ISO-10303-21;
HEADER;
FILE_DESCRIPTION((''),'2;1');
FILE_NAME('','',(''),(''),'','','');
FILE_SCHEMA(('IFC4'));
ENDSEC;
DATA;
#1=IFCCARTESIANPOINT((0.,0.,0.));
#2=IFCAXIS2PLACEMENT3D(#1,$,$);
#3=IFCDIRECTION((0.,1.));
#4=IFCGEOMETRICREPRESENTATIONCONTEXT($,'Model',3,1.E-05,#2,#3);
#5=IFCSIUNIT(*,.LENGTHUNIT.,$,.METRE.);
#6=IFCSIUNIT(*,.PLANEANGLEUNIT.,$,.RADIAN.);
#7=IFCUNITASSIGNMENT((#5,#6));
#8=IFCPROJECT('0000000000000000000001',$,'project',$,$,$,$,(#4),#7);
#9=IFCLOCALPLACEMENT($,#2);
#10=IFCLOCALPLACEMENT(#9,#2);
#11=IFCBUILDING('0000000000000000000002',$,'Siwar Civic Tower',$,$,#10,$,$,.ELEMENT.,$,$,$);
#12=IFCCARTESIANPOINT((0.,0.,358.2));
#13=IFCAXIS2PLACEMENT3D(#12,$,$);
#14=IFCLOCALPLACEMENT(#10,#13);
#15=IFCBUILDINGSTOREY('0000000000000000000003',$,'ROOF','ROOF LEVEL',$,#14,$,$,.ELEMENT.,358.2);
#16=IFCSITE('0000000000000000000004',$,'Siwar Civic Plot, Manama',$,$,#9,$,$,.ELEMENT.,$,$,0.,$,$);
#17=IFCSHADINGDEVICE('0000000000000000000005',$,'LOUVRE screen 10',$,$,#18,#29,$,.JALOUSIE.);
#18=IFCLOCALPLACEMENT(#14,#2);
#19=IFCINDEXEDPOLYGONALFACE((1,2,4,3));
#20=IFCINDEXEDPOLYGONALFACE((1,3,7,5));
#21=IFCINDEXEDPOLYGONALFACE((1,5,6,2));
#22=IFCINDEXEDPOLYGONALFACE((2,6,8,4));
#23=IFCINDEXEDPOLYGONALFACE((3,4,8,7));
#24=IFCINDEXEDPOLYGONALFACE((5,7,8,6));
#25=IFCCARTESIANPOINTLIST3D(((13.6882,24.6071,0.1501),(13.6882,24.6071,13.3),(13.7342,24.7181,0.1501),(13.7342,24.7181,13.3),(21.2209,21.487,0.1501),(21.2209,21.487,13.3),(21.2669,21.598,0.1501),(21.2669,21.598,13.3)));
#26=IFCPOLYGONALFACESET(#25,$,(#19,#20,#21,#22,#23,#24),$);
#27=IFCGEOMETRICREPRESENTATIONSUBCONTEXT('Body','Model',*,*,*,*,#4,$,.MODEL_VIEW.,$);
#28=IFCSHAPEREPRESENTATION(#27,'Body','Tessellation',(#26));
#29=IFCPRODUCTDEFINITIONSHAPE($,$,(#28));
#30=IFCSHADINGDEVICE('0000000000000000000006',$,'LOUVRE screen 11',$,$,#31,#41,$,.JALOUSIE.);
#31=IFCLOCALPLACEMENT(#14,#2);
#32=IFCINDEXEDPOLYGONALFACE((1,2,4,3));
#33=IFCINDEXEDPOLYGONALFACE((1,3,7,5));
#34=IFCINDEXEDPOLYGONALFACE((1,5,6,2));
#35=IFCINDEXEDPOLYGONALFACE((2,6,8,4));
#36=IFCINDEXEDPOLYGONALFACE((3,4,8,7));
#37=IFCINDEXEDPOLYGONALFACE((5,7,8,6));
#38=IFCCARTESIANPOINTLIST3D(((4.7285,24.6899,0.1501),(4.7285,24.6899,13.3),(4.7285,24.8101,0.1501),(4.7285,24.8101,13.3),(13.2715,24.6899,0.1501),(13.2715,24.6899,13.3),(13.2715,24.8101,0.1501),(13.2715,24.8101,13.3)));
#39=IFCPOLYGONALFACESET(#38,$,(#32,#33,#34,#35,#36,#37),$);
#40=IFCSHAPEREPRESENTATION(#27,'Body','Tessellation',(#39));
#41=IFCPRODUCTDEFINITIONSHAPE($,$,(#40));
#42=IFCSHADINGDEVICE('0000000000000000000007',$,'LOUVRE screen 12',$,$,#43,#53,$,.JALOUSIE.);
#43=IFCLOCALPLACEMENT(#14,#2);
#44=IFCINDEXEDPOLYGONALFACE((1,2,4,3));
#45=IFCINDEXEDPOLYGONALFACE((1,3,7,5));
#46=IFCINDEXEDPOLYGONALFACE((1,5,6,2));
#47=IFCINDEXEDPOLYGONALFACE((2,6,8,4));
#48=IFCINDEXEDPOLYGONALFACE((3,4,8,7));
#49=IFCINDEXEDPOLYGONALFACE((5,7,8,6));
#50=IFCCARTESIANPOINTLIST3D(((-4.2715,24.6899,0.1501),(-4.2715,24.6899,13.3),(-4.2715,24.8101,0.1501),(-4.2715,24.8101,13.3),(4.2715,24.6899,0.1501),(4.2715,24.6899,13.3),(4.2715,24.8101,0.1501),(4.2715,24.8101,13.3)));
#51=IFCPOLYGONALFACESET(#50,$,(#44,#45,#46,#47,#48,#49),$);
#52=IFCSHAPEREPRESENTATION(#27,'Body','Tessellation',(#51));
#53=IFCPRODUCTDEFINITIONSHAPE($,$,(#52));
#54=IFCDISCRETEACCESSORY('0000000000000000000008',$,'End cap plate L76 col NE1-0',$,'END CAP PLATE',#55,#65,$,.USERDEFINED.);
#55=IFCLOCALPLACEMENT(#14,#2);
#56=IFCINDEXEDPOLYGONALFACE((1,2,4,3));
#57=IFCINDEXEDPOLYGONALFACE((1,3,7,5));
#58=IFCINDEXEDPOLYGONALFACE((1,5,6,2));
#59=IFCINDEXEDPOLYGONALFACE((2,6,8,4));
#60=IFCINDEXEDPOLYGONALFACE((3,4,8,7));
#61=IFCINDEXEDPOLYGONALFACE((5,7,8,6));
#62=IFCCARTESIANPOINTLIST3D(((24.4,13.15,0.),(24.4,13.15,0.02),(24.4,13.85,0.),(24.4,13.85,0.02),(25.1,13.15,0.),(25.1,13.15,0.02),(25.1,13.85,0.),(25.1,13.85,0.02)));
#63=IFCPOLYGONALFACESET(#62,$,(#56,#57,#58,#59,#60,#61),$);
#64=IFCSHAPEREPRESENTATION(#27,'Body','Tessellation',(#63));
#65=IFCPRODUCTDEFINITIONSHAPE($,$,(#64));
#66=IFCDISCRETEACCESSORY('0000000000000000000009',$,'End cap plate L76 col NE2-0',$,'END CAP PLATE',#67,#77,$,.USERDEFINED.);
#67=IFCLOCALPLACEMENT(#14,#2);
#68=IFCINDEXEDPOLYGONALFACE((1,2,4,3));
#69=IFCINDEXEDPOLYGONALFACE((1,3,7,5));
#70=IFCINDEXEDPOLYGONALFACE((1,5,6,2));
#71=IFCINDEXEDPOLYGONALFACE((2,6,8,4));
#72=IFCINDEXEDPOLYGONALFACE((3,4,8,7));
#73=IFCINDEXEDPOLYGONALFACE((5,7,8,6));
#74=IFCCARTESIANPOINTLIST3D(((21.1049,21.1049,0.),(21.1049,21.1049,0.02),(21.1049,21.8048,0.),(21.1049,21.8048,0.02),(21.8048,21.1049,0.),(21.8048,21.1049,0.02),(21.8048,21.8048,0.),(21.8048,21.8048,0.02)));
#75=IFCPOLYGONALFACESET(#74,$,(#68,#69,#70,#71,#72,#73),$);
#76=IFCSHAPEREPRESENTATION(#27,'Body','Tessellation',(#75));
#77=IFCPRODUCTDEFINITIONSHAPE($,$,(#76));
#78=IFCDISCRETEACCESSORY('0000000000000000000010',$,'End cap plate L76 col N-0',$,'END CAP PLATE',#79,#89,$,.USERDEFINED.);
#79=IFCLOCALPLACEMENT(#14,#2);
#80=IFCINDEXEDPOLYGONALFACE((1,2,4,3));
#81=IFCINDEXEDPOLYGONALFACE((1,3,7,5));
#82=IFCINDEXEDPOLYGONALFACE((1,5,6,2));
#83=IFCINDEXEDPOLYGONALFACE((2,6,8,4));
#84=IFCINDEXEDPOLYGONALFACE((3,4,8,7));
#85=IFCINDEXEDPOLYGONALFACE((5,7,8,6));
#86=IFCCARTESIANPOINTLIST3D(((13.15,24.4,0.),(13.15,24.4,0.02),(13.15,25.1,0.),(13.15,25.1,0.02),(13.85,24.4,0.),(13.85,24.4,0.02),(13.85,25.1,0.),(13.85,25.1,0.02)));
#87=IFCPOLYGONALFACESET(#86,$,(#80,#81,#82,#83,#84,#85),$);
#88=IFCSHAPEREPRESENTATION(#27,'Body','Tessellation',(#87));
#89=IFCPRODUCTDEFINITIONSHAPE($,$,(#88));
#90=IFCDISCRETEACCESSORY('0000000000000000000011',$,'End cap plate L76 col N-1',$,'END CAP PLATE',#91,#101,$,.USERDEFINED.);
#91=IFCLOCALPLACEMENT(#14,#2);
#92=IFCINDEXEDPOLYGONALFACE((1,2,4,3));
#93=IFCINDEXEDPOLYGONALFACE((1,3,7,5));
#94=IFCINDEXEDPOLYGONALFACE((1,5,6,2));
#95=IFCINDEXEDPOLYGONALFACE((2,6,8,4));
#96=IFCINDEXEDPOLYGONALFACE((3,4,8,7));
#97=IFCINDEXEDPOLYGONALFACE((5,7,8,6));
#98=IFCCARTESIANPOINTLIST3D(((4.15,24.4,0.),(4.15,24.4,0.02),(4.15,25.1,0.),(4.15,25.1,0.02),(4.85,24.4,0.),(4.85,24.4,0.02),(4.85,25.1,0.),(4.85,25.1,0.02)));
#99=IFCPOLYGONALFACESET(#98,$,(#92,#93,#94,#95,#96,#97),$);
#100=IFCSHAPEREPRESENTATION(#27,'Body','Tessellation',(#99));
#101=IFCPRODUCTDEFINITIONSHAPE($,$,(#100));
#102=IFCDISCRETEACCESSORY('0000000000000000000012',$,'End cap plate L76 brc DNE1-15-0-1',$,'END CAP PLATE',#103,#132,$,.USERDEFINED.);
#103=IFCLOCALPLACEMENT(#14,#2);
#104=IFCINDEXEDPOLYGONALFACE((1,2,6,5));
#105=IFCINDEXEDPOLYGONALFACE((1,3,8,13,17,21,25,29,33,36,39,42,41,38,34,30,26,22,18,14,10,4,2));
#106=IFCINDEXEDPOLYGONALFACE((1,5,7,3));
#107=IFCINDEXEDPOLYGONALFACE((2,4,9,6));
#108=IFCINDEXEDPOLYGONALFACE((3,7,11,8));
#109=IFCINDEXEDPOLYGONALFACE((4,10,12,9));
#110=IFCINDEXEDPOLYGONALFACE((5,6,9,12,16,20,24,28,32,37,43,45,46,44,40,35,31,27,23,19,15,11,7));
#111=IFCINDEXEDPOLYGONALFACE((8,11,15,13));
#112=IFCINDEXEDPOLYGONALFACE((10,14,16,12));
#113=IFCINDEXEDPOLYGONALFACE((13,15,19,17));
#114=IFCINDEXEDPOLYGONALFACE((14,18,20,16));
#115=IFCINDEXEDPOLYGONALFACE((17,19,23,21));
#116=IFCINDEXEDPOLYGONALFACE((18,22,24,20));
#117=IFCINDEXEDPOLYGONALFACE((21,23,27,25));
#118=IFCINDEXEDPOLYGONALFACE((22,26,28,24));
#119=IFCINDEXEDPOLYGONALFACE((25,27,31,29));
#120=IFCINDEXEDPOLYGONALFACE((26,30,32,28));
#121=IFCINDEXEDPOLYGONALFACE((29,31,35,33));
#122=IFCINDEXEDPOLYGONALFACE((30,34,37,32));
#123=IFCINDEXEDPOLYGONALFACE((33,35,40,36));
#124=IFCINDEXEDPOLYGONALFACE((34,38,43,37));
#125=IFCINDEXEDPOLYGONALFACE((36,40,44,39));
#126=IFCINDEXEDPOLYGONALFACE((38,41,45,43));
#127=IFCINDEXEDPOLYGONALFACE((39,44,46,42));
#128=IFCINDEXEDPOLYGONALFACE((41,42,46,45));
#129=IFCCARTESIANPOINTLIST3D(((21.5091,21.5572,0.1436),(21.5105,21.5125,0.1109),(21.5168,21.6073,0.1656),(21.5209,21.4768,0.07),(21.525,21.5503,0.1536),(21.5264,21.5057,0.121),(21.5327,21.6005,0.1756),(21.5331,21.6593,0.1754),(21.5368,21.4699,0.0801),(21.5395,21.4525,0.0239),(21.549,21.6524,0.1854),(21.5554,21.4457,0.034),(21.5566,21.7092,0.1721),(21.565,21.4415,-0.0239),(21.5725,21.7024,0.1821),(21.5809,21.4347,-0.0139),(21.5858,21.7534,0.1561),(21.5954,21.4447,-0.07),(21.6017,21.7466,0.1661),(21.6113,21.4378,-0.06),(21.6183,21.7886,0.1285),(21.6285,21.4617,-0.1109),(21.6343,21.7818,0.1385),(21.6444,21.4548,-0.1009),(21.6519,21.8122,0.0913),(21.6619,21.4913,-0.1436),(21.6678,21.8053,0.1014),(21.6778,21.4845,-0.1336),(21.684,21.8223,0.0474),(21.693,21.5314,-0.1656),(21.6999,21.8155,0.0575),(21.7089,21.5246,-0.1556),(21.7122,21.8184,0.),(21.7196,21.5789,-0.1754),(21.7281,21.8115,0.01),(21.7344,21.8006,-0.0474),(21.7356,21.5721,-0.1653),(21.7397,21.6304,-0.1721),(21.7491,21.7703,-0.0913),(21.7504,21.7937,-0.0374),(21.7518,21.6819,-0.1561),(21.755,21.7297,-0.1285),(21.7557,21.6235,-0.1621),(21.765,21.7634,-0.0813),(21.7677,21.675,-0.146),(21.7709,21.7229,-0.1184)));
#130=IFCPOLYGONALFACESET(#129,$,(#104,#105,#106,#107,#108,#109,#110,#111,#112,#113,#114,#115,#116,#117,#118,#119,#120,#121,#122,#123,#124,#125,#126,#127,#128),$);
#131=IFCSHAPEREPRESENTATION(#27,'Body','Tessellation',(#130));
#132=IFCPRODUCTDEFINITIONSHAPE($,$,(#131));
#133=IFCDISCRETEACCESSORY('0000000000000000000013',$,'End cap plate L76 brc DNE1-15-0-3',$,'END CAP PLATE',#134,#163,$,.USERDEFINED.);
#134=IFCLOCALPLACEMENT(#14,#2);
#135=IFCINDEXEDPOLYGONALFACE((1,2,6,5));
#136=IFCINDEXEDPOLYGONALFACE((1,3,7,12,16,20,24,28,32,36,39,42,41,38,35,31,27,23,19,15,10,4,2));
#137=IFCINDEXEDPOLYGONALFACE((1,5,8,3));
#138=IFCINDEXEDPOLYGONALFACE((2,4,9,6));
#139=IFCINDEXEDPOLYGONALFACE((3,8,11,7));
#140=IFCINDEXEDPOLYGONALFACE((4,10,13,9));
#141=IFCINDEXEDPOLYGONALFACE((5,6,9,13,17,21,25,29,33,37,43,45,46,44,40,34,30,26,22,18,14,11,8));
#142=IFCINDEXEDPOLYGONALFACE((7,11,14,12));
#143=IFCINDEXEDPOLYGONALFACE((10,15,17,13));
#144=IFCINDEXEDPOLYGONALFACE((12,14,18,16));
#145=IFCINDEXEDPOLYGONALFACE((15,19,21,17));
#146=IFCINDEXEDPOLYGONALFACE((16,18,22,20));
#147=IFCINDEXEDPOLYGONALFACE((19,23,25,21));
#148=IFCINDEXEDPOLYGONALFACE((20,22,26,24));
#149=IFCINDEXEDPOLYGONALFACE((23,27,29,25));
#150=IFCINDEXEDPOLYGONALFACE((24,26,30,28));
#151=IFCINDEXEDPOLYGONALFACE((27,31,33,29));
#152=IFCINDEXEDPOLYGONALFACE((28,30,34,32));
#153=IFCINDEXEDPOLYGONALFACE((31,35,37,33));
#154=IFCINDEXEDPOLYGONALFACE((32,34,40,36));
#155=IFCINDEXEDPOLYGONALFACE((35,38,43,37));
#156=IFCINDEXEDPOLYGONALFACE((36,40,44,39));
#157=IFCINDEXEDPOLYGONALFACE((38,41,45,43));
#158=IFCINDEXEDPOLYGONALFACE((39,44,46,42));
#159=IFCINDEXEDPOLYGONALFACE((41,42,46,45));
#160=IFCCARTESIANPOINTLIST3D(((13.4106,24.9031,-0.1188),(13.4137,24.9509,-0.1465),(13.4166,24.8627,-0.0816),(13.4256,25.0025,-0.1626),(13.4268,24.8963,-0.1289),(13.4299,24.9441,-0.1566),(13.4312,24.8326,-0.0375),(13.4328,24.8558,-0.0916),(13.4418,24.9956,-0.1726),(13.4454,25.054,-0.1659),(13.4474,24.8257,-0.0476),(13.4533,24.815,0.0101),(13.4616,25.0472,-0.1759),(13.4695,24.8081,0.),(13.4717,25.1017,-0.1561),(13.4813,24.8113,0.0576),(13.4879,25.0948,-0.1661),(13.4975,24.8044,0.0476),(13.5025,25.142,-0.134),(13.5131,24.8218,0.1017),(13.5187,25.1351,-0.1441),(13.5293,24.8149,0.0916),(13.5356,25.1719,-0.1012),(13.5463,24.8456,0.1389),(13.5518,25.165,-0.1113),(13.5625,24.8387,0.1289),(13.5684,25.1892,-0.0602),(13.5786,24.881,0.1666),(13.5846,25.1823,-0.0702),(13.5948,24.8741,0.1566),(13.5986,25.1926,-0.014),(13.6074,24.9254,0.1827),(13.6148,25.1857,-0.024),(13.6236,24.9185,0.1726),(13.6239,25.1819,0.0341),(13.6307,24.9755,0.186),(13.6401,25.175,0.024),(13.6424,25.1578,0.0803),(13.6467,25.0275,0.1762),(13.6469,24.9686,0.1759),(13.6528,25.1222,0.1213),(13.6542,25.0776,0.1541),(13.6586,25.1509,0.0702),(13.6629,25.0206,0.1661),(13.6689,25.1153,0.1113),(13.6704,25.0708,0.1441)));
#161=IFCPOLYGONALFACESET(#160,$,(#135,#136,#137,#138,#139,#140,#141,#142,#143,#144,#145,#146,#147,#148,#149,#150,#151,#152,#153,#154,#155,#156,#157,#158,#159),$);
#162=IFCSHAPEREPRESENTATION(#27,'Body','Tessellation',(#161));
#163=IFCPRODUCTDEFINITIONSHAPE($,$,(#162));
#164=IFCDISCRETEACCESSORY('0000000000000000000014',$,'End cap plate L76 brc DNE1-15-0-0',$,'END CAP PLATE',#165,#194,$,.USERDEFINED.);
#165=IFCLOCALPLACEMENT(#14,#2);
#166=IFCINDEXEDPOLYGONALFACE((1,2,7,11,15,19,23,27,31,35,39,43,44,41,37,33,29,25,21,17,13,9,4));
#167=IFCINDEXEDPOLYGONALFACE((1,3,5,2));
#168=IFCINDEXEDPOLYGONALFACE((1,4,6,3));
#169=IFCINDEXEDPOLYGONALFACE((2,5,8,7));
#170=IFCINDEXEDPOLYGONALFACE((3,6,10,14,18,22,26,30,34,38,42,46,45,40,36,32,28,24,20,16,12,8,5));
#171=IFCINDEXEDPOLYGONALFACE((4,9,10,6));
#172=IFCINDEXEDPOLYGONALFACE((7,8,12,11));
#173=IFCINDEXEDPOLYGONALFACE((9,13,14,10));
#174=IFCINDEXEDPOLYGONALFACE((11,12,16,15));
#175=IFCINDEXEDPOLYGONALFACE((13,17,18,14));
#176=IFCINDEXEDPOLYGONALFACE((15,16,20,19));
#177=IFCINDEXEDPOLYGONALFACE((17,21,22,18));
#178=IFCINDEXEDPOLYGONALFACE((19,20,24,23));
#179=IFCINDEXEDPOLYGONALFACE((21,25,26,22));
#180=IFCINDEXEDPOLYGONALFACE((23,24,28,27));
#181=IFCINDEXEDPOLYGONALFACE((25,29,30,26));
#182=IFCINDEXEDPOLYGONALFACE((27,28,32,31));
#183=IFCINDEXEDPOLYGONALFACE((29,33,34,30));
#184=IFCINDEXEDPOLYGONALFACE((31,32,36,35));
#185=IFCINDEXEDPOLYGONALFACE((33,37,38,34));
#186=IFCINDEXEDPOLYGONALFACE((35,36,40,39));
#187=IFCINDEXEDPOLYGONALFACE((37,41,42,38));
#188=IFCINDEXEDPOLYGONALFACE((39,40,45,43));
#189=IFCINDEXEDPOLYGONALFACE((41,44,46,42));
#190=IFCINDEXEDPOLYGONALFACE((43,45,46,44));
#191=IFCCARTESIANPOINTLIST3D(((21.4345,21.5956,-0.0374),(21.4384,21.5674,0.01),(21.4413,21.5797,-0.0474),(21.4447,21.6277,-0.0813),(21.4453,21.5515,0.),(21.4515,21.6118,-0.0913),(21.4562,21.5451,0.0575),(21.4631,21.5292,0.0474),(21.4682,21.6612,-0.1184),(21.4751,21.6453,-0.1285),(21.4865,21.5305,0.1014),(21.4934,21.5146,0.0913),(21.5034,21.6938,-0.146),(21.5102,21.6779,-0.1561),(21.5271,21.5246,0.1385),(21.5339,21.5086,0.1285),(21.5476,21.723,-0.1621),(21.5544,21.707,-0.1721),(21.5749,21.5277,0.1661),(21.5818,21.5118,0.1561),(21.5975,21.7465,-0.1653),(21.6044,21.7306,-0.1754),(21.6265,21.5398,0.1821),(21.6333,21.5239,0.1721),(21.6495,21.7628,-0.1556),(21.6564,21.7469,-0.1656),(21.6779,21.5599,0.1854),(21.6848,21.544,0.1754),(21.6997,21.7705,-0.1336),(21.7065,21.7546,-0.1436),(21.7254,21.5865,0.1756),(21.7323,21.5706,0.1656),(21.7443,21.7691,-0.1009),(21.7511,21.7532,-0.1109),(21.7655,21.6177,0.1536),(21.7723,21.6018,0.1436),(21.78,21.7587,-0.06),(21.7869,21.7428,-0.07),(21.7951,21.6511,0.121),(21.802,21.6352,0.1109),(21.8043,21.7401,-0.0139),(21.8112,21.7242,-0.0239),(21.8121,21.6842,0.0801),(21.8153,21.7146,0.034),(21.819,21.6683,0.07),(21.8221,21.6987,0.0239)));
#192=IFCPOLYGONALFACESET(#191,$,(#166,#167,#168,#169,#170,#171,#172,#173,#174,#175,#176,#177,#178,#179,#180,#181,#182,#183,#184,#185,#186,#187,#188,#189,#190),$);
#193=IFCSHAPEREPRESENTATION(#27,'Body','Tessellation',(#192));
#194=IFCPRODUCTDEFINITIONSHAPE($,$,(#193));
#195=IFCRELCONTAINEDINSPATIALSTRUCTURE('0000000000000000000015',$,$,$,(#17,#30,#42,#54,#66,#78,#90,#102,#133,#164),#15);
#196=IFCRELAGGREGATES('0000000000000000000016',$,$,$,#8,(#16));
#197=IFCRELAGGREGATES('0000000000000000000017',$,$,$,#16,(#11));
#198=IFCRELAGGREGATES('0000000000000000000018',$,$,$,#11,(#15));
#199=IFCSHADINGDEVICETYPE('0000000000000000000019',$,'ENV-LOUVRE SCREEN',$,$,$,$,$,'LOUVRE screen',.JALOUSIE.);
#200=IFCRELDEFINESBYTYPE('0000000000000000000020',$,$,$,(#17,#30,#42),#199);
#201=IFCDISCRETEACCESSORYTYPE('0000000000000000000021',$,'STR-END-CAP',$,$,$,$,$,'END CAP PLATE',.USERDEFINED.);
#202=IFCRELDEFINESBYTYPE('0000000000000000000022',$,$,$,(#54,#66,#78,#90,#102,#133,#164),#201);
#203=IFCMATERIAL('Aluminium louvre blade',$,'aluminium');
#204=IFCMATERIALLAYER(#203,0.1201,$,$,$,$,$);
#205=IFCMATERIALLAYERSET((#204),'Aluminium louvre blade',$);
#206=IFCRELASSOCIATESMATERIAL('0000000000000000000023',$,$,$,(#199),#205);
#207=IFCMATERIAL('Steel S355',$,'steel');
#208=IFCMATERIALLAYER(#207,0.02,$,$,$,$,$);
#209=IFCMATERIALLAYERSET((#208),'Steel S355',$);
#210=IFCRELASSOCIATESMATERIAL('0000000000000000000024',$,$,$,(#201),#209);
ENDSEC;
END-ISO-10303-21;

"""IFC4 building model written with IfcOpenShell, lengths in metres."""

from ifc_helpers import new_model, si_unit, direction, frame, origin, origin_2d, place, context, subcontext, project, spatial, rectangle, circle, extrude, material, layer, layer_set, type_object, element, save


model = new_model("IFC4")

# Units and contexts
model_context = context("Model", 3, precision=1e-05, world=origin(), true_north=direction((0.0, 1.0)))
body_context = subcontext(model_context, "Body", "Model", "MODEL_VIEW")
ifc_project = project(units=[si_unit("LENGTHUNIT", "METRE"), si_unit("PLANEANGLEUNIT", "RADIAN")], contexts=[model_context])

# Site, building, storey
site_placement = place(None, origin())
site = spatial("IfcSite", under=ifc_project, at=site_placement, Name="Siwar Civic Plot, Manama", CompositionType="ELEMENT", RefElevation=0.0)
building_placement = place(site_placement, origin())
building = spatial("IfcBuilding", under=site, at=building_placement, Name="Siwar Civic Tower", CompositionType="ELEMENT")
storey_placement = place(building_placement, frame((0.0, 0.0, 358.2)))
storey = spatial("IfcBuildingStorey", under=building, at=storey_placement, Name="ROOF", Description="ROOF LEVEL", CompositionType="ELEMENT", Elevation=358.2)

# Shading devices
ifc_material_1 = material(Name="Aluminium louvre blade", Category="aluminium")
ifc_layer_1 = layer(ifc_material_1, 0.1201)
ifc_layer_set_1 = layer_set([ifc_layer_1], Name="Aluminium louvre blade")
shading_device_type = type_object("IfcShadingDeviceType", Name="ENV-LOUVRE SCREEN", ElementType="LOUVRE screen", PredefinedType="JALOUSIE", material=ifc_layer_set_1)
for number, where, z_axis, x_axis, name in (
    (1, (17.4775, 23.1025, 0.1501), (0.0, 0.0, 1.0), (-0.92388, 0.382683, 0.0), "LOUVRE screen 10"),
):
    element("IfcShadingDevice", number, at=place(storey_placement, frame(where, z_axis=z_axis, x_axis=x_axis)), inside=storey, type_object=shading_device_type, Name=name, PredefinedType="JALOUSIE", context=body_context, shape_type="SweptSolid", body=[
        extrude(rectangle(XDim=8.1533, YDim=0.1201, at=origin_2d()), origin(), (0.0, 0.0, 1.0), 13.1499),
    ])
for number, where, z_axis, x_axis, name in (
    (2, (9.0, 24.75, 0.1501), (0.0, 0.0, 1.0), (-1.0, 0.0, 0.0), "LOUVRE screen 11"),
    (3, (0.0, 24.75, 0.1501), (0.0, 0.0, 1.0), (-1.0, 0.0, 0.0), "LOUVRE screen 12"),
):
    element("IfcShadingDevice", number, at=place(storey_placement, frame(where, z_axis=z_axis, x_axis=x_axis)), inside=storey, type_object=shading_device_type, Name=name, PredefinedType="JALOUSIE", context=body_context, shape_type="SweptSolid", body=[
        extrude(rectangle(XDim=8.543, YDim=0.1201, at=origin_2d()), origin(), (0.0, 0.0, 1.0), 13.1499),
    ])

# Discrete accessories
ifc_material_2 = material(Name="Steel S355", Category="steel")
ifc_layer_2 = layer(ifc_material_2, 0.02)
ifc_layer_set_2 = layer_set([ifc_layer_2], Name="Steel S355")
discrete_accessory_type = type_object("IfcDiscreteAccessoryType", Name="STR-END-CAP", ElementType="END CAP PLATE", PredefinedType="USERDEFINED", material=ifc_layer_set_2)
for number, where, z_axis, x_axis, name in (
    (4, (24.75, 13.5, 0.0), (0.0, 0.0, 1.0), (1.0, 0.0, 0.0), "End cap plate L76 col NE1-0"),
    (5, (21.4548, 21.4548, 0.0), (0.0, 0.0, 1.0), (1.0, 0.0, 0.0), "End cap plate L76 col NE2-0"),
    (6, (13.5, 24.75, 0.0), (0.0, 0.0, 1.0), (1.0, 0.0, 0.0), "End cap plate L76 col N-0"),
    (7, (4.5, 24.75, 0.0), (0.0, 0.0, 1.0), (1.0, 0.0, 0.0), "End cap plate L76 col N-1"),
):
    element("IfcDiscreteAccessory", number, at=place(storey_placement, frame(where, z_axis=z_axis, x_axis=x_axis)), inside=storey, type_object=discrete_accessory_type, Name=name, ObjectType="END CAP PLATE", PredefinedType="USERDEFINED", context=body_context, shape_type="SweptSolid", body=[
        extrude(rectangle(XDim=0.7, YDim=0.7, at=origin_2d()), origin(), (0.0, 0.0, 1.0), 0.02),
    ])
discrete_accessory_1_placement = place(storey_placement, frame((21.6318, 21.6318, 0.0), z_axis=(0.794695, -0.34233, 0.501269), x_axis=(0.395624, 0.918413, 0.0)))
element("IfcDiscreteAccessory", 8, at=discrete_accessory_1_placement, inside=storey, type_object=discrete_accessory_type, Name="End cap plate L76 brc DNE1-15-0-1", ObjectType="END CAP PLATE", PredefinedType="USERDEFINED", context=body_context, shape_type="SweptSolid", body=[
    extrude(circle(Radius=0.2031, at=origin_2d()), origin(), (0.0, 0.0, 1.0), 0.02),
])
discrete_accessory_2_placement = place(storey_placement, frame((13.5488, 24.9951, 0.0), z_axis=(-0.799135, 0.339027, 0.496432), x_axis=(-0.39055, -0.920582, 0.0)))
element("IfcDiscreteAccessory", 9, at=discrete_accessory_2_placement, inside=storey, type_object=discrete_accessory_type, Name="End cap plate L76 brc DNE1-15-0-3", ObjectType="END CAP PLATE", PredefinedType="USERDEFINED", context=body_context, shape_type="SweptSolid", body=[
    extrude(circle(Radius=0.2031, at=origin_2d()), origin(), (0.0, 0.0, 1.0), 0.0203),
])
discrete_accessory_3_placement = place(storey_placement, frame((21.6318, 21.6318, 0.0), z_axis=(-0.34233, 0.794695, 0.501269), x_axis=(-0.918413, -0.395624, 0.0)))
element("IfcDiscreteAccessory", 10, at=discrete_accessory_3_placement, inside=storey, type_object=discrete_accessory_type, Name="End cap plate L76 brc DNE1-15-0-0", ObjectType="END CAP PLATE", PredefinedType="USERDEFINED", context=body_context, shape_type="SweptSolid", body=[
    extrude(circle(Radius=0.2031, at=origin_2d()), origin(), (0.0, 0.0, 1.0), 0.02),
])

save(model, "model.ifc")
